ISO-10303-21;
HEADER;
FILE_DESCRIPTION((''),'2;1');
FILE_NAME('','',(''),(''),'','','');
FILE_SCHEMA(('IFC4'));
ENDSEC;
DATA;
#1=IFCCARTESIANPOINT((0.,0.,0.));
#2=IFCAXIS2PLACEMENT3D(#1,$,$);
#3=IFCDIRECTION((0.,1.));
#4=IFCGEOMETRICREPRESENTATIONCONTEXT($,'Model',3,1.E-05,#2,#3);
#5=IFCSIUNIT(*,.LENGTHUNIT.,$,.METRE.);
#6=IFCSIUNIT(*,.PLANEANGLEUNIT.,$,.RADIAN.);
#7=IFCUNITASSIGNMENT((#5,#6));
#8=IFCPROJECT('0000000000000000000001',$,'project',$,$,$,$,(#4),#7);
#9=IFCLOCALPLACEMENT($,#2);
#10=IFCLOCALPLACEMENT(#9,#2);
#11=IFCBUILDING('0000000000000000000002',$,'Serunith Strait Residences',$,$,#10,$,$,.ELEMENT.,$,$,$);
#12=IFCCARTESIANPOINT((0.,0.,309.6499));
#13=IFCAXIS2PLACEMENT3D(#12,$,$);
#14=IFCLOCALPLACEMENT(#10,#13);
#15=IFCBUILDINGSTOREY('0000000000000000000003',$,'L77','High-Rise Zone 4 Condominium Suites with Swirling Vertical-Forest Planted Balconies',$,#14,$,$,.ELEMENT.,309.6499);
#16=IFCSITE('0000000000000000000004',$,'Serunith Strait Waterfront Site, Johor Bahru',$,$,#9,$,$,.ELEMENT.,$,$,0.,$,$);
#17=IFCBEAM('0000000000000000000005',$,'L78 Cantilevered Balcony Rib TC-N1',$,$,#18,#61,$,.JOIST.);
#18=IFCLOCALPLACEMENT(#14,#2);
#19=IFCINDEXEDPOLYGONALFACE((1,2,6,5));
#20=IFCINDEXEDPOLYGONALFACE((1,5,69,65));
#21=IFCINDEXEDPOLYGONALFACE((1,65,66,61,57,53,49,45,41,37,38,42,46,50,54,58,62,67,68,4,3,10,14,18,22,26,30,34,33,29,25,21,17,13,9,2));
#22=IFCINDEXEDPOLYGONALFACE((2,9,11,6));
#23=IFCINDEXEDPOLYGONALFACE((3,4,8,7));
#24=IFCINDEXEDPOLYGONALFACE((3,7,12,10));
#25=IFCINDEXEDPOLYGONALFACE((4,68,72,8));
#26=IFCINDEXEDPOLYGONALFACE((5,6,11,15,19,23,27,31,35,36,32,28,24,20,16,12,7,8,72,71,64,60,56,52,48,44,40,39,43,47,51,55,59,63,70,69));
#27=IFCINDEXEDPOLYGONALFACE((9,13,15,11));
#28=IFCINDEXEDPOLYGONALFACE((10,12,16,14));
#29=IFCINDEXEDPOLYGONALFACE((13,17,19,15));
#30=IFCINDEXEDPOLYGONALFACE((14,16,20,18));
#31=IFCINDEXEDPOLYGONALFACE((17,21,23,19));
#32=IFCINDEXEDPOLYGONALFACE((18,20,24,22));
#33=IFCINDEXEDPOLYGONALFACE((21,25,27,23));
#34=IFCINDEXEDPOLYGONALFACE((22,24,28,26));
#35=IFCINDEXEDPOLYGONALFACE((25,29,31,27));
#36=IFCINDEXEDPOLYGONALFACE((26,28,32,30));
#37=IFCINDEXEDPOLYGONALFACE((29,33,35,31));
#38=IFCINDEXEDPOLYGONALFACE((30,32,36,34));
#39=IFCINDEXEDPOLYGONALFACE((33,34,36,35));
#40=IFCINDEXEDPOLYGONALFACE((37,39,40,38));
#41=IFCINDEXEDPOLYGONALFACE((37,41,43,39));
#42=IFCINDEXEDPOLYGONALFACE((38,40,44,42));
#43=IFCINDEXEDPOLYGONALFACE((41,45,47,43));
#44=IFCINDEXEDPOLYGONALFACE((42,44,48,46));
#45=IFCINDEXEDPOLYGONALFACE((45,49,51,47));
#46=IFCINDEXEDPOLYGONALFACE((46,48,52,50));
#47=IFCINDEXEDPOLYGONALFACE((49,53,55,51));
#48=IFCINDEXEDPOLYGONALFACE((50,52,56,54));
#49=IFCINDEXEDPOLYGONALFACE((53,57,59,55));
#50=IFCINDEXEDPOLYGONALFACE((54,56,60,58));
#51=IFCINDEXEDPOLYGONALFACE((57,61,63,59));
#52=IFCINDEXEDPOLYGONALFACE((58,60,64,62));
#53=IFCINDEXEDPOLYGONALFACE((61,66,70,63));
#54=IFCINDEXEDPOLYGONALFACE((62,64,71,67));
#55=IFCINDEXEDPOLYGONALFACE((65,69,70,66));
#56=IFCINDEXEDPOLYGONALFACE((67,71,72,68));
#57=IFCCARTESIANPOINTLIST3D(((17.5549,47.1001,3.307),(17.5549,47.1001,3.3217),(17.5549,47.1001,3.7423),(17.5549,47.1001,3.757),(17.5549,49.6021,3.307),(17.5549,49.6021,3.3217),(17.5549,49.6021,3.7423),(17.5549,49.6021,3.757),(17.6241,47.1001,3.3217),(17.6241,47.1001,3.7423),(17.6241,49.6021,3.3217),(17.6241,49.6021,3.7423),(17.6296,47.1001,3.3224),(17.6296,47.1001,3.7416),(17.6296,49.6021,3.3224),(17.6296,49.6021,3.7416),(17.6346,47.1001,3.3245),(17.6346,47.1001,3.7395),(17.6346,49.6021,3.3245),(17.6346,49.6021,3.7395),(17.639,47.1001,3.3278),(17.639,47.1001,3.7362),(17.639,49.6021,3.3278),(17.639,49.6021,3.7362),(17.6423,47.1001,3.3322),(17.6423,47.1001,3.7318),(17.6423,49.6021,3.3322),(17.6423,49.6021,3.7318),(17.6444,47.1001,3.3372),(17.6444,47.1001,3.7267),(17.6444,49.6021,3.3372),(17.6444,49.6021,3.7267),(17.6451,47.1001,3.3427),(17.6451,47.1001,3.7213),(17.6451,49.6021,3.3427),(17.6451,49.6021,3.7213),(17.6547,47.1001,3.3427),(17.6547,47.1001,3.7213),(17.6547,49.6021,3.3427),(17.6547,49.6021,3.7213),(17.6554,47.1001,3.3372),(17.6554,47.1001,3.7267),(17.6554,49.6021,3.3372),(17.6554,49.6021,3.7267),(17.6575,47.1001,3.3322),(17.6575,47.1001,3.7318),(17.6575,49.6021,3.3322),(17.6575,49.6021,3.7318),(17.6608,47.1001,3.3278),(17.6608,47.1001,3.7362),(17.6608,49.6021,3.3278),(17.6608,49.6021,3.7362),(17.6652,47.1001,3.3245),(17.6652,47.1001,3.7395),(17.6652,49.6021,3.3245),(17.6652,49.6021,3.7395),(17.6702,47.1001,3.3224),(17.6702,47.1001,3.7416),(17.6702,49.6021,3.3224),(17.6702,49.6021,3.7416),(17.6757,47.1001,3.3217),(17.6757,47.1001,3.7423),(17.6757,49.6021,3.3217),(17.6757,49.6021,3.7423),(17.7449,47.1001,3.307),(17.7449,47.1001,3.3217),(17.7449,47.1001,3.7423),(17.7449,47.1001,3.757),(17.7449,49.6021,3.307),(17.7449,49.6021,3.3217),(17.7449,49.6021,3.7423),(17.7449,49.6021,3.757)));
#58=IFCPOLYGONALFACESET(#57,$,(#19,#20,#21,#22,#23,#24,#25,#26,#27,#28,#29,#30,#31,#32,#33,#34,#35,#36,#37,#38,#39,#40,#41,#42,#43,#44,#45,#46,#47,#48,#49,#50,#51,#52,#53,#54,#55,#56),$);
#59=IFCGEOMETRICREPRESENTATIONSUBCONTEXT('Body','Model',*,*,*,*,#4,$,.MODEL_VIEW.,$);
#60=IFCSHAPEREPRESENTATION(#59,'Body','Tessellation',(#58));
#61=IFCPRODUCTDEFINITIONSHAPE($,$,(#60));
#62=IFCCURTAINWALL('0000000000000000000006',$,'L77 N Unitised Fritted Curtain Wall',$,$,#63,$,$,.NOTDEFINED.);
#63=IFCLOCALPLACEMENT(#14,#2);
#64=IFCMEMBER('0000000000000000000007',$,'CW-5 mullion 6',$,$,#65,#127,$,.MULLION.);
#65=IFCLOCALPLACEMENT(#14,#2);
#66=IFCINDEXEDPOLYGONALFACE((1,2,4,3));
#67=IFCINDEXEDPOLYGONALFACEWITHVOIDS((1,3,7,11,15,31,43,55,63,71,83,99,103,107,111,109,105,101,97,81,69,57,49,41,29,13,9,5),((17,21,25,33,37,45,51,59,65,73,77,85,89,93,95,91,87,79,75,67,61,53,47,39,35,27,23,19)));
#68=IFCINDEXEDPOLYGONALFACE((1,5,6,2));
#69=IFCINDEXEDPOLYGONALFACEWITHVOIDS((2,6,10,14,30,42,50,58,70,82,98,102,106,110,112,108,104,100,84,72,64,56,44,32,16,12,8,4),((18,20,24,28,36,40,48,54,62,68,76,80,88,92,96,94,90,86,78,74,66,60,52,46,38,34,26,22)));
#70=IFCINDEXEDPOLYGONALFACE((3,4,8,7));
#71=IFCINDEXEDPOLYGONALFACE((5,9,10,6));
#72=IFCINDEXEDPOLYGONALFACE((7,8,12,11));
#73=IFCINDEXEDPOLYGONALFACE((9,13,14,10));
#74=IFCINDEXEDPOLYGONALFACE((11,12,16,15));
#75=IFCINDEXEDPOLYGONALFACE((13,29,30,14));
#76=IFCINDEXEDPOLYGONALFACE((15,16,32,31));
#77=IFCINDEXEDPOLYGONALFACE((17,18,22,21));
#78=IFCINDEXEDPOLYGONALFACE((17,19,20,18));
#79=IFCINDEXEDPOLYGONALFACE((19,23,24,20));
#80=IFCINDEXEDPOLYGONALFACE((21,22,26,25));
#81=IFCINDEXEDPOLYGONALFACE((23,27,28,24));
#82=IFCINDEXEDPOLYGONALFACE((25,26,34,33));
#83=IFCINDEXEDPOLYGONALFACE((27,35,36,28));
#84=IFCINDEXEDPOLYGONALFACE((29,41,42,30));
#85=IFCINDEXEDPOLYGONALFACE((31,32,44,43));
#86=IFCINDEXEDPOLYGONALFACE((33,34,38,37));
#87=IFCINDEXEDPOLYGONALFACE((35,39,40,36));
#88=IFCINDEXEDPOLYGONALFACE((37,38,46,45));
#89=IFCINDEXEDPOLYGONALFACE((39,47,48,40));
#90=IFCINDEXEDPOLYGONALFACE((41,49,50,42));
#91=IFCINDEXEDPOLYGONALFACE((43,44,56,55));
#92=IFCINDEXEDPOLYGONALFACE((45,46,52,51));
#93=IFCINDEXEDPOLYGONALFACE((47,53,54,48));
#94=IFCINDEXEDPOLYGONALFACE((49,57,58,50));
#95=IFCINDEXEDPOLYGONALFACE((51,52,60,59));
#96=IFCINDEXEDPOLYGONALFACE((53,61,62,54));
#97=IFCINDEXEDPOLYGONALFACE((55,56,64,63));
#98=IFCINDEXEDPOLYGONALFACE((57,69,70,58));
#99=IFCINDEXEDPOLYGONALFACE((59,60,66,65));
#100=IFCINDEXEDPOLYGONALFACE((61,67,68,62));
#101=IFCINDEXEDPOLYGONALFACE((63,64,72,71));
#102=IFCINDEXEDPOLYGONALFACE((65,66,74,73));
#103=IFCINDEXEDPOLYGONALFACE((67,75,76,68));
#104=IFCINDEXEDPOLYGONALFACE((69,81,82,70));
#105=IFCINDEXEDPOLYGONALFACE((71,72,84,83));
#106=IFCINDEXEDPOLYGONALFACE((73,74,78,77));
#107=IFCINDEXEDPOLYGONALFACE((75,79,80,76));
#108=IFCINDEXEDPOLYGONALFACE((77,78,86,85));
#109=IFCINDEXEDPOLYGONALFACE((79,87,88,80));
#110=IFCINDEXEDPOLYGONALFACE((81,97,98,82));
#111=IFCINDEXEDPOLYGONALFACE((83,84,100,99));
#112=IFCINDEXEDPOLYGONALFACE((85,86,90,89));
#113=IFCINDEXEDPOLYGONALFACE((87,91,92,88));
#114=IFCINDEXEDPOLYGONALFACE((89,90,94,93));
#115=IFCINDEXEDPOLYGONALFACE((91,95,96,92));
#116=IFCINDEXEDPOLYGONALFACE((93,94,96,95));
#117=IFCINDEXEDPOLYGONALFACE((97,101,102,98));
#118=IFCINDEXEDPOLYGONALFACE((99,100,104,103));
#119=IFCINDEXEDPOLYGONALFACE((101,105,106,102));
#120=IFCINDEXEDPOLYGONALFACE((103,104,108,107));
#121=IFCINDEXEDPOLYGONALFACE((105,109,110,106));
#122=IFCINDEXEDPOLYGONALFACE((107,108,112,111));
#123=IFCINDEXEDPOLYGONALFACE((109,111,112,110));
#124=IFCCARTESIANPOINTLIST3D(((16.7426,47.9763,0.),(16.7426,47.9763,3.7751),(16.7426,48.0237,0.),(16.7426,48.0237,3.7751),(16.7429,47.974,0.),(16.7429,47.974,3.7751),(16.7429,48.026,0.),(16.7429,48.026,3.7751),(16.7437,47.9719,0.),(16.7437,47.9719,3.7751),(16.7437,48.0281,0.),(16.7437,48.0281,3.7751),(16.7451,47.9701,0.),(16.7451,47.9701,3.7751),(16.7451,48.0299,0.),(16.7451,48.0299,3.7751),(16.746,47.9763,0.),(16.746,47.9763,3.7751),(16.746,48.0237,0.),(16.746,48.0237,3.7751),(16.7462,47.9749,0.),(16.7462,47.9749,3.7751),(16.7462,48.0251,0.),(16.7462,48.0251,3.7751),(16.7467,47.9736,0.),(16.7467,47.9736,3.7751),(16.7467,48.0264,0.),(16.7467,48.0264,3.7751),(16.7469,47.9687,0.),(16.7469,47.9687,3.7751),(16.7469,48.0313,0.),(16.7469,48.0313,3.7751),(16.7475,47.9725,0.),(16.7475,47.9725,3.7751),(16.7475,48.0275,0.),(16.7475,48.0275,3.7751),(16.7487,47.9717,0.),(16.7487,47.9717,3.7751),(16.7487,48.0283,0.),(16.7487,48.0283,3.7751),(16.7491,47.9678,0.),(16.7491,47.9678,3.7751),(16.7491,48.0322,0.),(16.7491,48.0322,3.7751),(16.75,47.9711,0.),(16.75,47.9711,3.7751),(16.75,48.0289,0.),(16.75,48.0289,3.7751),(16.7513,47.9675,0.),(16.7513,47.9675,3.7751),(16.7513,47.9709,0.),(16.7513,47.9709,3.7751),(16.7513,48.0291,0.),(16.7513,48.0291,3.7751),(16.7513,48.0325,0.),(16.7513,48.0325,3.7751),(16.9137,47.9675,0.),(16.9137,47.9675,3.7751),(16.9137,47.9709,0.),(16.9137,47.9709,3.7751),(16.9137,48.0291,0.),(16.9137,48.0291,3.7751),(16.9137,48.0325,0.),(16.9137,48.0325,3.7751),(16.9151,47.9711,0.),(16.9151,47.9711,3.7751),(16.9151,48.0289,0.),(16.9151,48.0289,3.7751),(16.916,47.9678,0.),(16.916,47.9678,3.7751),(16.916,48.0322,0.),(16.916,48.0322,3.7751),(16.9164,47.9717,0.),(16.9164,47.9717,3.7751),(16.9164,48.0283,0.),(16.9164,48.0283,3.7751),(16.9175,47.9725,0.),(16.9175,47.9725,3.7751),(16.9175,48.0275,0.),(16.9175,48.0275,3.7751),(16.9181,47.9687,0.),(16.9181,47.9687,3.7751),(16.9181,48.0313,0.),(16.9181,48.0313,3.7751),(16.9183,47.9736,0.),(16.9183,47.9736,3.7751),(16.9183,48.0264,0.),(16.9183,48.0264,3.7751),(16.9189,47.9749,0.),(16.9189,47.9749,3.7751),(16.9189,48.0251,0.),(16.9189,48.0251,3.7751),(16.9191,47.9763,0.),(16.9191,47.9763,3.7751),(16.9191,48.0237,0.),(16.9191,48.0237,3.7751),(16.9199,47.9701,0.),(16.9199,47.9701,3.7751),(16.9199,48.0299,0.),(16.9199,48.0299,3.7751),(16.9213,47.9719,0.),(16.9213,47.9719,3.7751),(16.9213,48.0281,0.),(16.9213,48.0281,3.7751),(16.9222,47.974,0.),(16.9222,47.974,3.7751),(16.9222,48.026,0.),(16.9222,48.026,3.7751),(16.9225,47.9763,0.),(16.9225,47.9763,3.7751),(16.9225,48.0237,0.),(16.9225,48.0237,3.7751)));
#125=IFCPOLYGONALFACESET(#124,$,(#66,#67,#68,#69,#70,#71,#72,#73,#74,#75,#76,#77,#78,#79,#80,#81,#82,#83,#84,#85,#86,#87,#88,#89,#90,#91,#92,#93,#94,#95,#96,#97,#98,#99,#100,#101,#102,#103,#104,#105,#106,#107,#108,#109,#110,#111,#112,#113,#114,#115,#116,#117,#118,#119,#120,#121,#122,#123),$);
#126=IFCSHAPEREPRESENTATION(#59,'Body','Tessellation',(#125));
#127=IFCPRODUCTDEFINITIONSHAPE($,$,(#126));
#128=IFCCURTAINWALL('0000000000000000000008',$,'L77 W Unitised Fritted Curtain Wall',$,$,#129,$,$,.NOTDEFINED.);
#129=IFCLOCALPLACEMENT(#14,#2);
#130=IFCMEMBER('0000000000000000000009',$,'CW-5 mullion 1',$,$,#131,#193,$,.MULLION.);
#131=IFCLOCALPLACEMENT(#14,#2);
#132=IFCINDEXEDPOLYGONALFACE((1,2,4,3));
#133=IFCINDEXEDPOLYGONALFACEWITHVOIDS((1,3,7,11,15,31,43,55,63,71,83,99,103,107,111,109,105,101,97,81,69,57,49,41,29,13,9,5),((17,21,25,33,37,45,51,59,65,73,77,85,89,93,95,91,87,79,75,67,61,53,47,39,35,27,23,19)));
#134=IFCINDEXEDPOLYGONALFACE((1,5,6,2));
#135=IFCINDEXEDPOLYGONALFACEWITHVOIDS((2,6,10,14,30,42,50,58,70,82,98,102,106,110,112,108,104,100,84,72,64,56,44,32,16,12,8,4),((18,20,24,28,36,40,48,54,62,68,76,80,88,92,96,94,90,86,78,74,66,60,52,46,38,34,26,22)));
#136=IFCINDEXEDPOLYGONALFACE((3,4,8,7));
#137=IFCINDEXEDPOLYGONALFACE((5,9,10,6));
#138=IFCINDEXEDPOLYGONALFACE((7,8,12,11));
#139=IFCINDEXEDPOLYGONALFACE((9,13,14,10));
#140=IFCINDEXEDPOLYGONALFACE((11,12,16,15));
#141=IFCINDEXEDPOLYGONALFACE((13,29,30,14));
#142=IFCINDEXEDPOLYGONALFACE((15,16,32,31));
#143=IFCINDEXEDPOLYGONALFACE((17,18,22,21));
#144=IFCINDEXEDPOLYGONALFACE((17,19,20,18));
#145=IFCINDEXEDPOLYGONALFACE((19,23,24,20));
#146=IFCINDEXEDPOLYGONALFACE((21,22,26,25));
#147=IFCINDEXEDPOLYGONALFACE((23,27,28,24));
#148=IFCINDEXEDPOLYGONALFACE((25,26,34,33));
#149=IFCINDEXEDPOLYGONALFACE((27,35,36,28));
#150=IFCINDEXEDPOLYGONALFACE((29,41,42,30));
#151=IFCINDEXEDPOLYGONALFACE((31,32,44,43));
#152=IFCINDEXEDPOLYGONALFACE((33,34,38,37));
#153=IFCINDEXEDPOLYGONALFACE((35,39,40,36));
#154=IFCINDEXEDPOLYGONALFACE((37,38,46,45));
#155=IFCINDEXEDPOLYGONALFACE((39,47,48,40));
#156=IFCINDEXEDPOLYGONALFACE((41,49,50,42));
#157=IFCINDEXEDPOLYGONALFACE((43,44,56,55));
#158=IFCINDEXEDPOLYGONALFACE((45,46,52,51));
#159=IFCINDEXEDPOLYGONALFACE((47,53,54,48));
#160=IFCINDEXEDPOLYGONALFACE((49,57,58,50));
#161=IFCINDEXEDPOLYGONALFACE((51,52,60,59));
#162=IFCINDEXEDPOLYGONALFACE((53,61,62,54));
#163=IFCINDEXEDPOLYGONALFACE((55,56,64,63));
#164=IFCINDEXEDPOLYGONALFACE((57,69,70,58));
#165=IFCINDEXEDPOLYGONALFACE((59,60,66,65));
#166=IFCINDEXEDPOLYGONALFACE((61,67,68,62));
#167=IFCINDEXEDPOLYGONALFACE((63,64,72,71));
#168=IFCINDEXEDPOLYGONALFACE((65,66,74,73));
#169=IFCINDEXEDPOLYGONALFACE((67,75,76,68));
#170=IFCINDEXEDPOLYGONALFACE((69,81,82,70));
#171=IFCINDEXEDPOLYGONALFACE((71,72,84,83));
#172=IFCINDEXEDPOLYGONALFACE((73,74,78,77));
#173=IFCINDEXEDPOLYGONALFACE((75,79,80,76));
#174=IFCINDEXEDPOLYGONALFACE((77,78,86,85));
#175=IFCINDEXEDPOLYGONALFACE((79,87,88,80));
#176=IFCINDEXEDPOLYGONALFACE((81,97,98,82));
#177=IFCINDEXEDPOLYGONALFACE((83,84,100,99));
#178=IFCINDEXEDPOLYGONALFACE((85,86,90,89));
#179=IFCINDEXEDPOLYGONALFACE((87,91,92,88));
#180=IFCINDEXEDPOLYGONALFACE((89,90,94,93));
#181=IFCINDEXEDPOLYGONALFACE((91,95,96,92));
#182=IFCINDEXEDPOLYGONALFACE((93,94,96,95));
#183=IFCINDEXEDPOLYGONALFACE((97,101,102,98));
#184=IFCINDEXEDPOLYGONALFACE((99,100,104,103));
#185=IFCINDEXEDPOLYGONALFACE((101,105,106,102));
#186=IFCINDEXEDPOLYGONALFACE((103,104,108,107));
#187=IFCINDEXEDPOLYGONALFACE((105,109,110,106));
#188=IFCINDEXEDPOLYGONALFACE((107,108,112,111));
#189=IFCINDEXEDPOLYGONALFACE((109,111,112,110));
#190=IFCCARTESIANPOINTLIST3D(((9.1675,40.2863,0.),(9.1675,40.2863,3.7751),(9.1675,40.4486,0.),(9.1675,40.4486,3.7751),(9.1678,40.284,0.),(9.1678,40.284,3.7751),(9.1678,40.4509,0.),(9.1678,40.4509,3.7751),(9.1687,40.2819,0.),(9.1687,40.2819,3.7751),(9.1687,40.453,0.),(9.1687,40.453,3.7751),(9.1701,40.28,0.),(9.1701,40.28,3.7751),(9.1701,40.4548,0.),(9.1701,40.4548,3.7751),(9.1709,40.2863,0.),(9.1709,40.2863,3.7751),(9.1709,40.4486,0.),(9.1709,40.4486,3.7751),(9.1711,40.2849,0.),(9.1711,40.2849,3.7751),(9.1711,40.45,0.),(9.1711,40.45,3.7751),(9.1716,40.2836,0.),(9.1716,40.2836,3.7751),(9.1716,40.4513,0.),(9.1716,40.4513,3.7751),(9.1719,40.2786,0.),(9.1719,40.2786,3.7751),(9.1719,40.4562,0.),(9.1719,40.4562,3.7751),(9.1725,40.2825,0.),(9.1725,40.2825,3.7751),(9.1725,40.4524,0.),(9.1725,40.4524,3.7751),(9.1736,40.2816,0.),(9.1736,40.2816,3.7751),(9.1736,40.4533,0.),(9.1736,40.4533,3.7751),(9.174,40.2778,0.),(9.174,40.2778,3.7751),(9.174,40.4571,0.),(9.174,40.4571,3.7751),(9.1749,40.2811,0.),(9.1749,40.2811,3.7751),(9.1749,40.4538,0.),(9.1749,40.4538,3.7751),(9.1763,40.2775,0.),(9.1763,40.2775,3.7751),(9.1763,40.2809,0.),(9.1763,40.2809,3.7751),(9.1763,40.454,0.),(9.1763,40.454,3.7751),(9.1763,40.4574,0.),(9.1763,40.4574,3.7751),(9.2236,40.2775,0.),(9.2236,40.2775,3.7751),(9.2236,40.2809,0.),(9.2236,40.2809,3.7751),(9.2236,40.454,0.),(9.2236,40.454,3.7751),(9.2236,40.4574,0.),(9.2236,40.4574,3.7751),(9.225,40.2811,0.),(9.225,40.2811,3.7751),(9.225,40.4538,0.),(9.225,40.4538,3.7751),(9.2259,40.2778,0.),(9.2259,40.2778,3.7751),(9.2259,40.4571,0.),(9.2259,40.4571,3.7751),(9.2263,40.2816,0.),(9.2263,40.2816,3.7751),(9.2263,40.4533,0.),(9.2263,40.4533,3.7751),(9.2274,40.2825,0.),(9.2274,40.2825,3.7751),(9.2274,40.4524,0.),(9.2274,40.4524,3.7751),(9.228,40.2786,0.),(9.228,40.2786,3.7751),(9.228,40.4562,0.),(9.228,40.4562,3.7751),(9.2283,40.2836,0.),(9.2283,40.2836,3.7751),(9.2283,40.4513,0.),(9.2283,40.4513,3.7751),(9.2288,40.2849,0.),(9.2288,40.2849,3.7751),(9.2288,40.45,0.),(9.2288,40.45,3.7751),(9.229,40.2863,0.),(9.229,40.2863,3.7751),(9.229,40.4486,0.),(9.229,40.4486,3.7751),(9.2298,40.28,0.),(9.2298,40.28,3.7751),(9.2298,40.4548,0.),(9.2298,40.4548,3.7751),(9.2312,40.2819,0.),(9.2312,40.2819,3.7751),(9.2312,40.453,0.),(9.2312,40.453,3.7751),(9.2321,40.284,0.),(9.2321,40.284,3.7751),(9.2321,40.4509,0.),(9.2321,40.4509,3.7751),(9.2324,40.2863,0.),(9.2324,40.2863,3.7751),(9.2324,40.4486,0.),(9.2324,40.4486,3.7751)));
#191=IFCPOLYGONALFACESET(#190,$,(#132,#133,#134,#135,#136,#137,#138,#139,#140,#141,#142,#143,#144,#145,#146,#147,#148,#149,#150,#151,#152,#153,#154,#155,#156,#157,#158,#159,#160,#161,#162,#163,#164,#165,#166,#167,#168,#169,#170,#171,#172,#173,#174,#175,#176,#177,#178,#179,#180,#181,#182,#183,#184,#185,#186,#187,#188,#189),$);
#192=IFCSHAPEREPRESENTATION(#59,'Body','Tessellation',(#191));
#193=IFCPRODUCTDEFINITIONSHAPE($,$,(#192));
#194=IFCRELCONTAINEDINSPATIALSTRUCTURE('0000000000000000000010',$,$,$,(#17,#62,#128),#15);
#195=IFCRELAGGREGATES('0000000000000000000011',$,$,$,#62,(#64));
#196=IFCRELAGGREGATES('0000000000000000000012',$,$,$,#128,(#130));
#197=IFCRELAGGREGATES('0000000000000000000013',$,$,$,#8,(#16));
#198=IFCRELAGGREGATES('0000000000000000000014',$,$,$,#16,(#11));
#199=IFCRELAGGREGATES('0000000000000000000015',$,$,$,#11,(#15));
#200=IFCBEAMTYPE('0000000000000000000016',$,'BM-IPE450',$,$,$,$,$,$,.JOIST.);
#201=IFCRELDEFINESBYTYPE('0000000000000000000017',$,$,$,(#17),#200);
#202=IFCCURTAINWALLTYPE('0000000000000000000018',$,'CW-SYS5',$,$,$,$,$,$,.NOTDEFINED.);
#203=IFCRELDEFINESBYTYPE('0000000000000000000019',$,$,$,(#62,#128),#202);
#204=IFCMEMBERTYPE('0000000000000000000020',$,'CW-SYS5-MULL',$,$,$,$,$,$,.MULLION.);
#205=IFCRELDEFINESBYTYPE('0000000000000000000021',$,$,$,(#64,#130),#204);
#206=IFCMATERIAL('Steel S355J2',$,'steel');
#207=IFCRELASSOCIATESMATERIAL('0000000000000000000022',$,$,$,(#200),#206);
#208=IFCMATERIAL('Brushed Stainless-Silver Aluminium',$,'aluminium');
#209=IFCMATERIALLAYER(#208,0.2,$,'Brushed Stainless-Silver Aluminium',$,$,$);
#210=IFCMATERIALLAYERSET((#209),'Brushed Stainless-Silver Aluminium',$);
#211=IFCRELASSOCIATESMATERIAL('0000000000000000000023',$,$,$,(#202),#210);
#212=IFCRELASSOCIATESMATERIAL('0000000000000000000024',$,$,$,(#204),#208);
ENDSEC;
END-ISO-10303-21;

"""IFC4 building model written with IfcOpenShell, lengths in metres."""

from ifc_helpers import new_model, si_unit, direction, frame, origin, origin_2d, place, context, subcontext, project, spatial, hollow_rectangle, i_section, extrude, source, transform, mapped, material, layer, layer_set, material_profile, profile_set, type_object, element, aggregate, save


model = new_model("IFC4")

# Units and contexts
model_context = context("Model", 3, precision=1e-05, world=origin(), true_north=direction((0.0, 1.0)))
body_context = subcontext(model_context, "Body", "Model", "MODEL_VIEW")
ifc_project = project(units=[si_unit("LENGTHUNIT", "METRE"), si_unit("PLANEANGLEUNIT", "RADIAN")], contexts=[model_context])

# Site, building, storey
site_placement = place(None, origin())
site = spatial("IfcSite", under=ifc_project, at=site_placement, Name="Serunith Strait Waterfront Site, Johor Bahru", CompositionType="ELEMENT", RefElevation=0.0)
building_placement = place(site_placement, origin())
building = spatial("IfcBuilding", under=site, at=building_placement, Name="Serunith Strait Residences", CompositionType="ELEMENT")
storey_placement = place(building_placement, frame((0.0, 0.0, 309.6499)))
storey = spatial("IfcBuildingStorey", under=building, at=storey_placement, Name="L77", Description="High-Rise Zone 4 Condominium Suites with Swirling Vertical-Forest Planted Balconies", CompositionType="ELEMENT", Elevation=309.6499)

# Beam
ifc_material_1 = material(Name="Steel S355J2", Category="steel")
ifc_material_profile_1 = material_profile(ifc_material_1, i_section(OverallWidth=0.1899, OverallDepth=0.45, WebThickness=0.0095, FlangeThickness=0.0146, FilletRadius=0.021, at=origin_2d()), Name="IPE 450")
ifc_profile_set_1 = profile_set([ifc_material_profile_1], Name="Steel S355J2")
beam_type_1 = type_object("IfcBeamType", Name="BM-IPE450", PredefinedType="JOIST", material=ifc_profile_set_1)
shared_shape_1 = source(origin(), body_context, "Body", "SweptSolid", [
    extrude(i_section(OverallWidth=0.1899, OverallDepth=0.45, WebThickness=0.0095, FlangeThickness=0.0146, FilletRadius=0.021, at=origin_2d()), origin(), (0.0, 0.0, 1.0), 2.502),
])
beam_1_placement = place(storey_placement, frame((17.6499, 47.1001, 3.532), z_axis=(0.0, 1.0, 0.0), x_axis=(-1.0, 0.0, 0.0)))
element("IfcBeam", 1, at=beam_1_placement, inside=storey, type_object=beam_type_1, Name="L78 Cantilevered Balcony Rib TC-N1", PredefinedType="JOIST", context=body_context, shape_type="MappedRepresentation", body=[
    mapped(shared_shape_1, transform((0.0, 0.0, 0.0), scale=1.0)),
])

# Curtain wall, member
ifc_material_2 = material(Name="Brushed Stainless-Silver Aluminium", Category="aluminium")
ifc_layer_1 = layer(ifc_material_2, 0.2, Name="Brushed Stainless-Silver Aluminium")
ifc_layer_set_1 = layer_set([ifc_layer_1], Name="Brushed Stainless-Silver Aluminium")
curtain_wall_type = type_object("IfcCurtainWallType", Name="CW-SYS5", PredefinedType="NOTDEFINED", material=ifc_layer_set_1)
curtain_wall_1_placement = place(storey_placement, origin())
curtain_wall_1 = element("IfcCurtainWall", 2, at=curtain_wall_1_placement, inside=storey, type_object=curtain_wall_type, Name="L77 N Unitised Fritted Curtain Wall", PredefinedType="NOTDEFINED")
ifc_material_profile_2 = material_profile(ifc_material_2, hollow_rectangle(XDim=0.0649, YDim=0.1799, WallThickness=0.0034, InnerFilletRadius=0.0054, OuterFilletRadius=0.0088, at=origin_2d()), Name="ALU 180x65x3.5")
ifc_profile_set_2 = profile_set([ifc_material_profile_2], Name="Brushed Stainless-Silver Aluminium")
member_type_1 = type_object("IfcMemberType", Name="CW-SYS5-MULL", PredefinedType="MULLION", material=ifc_profile_set_2)
shared_shape_2 = source(origin(), body_context, "Body", "SweptSolid", [
    extrude(hollow_rectangle(XDim=0.0649, YDim=0.1799, WallThickness=0.0034, InnerFilletRadius=0.0054, OuterFilletRadius=0.0088, at=origin_2d()), origin(), (0.0, 0.0, 1.0), 3.7751),
])
member_1_placement = place(storey_placement, frame((16.8325, 48.0, 0.0), z_axis=(0.0, 0.0, 1.0), x_axis=(0.0, -1.0, 0.0)))
member_1 = element("IfcMember", 3, at=member_1_placement, type_object=member_type_1, Name="CW-5 mullion 6", PredefinedType="MULLION", context=body_context, shape_type="MappedRepresentation", body=[
    mapped(shared_shape_2, transform((0.0, 0.0, 0.0), scale=1.0)),
])
aggregate(curtain_wall_1, [member_1])

# Curtain wall, member
curtain_wall_2_placement = place(storey_placement, origin())
curtain_wall_2 = element("IfcCurtainWall", 4, at=curtain_wall_2_placement, inside=storey, type_object=curtain_wall_type, Name="L77 W Unitised Fritted Curtain Wall", PredefinedType="NOTDEFINED")
member_2_placement = place(storey_placement, frame((9.2, 40.3674, 0.0), z_axis=(0.0, 0.0, 1.0), x_axis=(1.0, 0.0, 0.0)))
member_2 = element("IfcMember", 5, at=member_2_placement, type_object=member_type_1, Name="CW-5 mullion 1", PredefinedType="MULLION", context=body_context, shape_type="MappedRepresentation", body=[
    mapped(shared_shape_2, transform((0.0, 0.0, 0.0), scale=1.0)),
])
aggregate(curtain_wall_2, [member_2])

save(model, "model.ifc")
